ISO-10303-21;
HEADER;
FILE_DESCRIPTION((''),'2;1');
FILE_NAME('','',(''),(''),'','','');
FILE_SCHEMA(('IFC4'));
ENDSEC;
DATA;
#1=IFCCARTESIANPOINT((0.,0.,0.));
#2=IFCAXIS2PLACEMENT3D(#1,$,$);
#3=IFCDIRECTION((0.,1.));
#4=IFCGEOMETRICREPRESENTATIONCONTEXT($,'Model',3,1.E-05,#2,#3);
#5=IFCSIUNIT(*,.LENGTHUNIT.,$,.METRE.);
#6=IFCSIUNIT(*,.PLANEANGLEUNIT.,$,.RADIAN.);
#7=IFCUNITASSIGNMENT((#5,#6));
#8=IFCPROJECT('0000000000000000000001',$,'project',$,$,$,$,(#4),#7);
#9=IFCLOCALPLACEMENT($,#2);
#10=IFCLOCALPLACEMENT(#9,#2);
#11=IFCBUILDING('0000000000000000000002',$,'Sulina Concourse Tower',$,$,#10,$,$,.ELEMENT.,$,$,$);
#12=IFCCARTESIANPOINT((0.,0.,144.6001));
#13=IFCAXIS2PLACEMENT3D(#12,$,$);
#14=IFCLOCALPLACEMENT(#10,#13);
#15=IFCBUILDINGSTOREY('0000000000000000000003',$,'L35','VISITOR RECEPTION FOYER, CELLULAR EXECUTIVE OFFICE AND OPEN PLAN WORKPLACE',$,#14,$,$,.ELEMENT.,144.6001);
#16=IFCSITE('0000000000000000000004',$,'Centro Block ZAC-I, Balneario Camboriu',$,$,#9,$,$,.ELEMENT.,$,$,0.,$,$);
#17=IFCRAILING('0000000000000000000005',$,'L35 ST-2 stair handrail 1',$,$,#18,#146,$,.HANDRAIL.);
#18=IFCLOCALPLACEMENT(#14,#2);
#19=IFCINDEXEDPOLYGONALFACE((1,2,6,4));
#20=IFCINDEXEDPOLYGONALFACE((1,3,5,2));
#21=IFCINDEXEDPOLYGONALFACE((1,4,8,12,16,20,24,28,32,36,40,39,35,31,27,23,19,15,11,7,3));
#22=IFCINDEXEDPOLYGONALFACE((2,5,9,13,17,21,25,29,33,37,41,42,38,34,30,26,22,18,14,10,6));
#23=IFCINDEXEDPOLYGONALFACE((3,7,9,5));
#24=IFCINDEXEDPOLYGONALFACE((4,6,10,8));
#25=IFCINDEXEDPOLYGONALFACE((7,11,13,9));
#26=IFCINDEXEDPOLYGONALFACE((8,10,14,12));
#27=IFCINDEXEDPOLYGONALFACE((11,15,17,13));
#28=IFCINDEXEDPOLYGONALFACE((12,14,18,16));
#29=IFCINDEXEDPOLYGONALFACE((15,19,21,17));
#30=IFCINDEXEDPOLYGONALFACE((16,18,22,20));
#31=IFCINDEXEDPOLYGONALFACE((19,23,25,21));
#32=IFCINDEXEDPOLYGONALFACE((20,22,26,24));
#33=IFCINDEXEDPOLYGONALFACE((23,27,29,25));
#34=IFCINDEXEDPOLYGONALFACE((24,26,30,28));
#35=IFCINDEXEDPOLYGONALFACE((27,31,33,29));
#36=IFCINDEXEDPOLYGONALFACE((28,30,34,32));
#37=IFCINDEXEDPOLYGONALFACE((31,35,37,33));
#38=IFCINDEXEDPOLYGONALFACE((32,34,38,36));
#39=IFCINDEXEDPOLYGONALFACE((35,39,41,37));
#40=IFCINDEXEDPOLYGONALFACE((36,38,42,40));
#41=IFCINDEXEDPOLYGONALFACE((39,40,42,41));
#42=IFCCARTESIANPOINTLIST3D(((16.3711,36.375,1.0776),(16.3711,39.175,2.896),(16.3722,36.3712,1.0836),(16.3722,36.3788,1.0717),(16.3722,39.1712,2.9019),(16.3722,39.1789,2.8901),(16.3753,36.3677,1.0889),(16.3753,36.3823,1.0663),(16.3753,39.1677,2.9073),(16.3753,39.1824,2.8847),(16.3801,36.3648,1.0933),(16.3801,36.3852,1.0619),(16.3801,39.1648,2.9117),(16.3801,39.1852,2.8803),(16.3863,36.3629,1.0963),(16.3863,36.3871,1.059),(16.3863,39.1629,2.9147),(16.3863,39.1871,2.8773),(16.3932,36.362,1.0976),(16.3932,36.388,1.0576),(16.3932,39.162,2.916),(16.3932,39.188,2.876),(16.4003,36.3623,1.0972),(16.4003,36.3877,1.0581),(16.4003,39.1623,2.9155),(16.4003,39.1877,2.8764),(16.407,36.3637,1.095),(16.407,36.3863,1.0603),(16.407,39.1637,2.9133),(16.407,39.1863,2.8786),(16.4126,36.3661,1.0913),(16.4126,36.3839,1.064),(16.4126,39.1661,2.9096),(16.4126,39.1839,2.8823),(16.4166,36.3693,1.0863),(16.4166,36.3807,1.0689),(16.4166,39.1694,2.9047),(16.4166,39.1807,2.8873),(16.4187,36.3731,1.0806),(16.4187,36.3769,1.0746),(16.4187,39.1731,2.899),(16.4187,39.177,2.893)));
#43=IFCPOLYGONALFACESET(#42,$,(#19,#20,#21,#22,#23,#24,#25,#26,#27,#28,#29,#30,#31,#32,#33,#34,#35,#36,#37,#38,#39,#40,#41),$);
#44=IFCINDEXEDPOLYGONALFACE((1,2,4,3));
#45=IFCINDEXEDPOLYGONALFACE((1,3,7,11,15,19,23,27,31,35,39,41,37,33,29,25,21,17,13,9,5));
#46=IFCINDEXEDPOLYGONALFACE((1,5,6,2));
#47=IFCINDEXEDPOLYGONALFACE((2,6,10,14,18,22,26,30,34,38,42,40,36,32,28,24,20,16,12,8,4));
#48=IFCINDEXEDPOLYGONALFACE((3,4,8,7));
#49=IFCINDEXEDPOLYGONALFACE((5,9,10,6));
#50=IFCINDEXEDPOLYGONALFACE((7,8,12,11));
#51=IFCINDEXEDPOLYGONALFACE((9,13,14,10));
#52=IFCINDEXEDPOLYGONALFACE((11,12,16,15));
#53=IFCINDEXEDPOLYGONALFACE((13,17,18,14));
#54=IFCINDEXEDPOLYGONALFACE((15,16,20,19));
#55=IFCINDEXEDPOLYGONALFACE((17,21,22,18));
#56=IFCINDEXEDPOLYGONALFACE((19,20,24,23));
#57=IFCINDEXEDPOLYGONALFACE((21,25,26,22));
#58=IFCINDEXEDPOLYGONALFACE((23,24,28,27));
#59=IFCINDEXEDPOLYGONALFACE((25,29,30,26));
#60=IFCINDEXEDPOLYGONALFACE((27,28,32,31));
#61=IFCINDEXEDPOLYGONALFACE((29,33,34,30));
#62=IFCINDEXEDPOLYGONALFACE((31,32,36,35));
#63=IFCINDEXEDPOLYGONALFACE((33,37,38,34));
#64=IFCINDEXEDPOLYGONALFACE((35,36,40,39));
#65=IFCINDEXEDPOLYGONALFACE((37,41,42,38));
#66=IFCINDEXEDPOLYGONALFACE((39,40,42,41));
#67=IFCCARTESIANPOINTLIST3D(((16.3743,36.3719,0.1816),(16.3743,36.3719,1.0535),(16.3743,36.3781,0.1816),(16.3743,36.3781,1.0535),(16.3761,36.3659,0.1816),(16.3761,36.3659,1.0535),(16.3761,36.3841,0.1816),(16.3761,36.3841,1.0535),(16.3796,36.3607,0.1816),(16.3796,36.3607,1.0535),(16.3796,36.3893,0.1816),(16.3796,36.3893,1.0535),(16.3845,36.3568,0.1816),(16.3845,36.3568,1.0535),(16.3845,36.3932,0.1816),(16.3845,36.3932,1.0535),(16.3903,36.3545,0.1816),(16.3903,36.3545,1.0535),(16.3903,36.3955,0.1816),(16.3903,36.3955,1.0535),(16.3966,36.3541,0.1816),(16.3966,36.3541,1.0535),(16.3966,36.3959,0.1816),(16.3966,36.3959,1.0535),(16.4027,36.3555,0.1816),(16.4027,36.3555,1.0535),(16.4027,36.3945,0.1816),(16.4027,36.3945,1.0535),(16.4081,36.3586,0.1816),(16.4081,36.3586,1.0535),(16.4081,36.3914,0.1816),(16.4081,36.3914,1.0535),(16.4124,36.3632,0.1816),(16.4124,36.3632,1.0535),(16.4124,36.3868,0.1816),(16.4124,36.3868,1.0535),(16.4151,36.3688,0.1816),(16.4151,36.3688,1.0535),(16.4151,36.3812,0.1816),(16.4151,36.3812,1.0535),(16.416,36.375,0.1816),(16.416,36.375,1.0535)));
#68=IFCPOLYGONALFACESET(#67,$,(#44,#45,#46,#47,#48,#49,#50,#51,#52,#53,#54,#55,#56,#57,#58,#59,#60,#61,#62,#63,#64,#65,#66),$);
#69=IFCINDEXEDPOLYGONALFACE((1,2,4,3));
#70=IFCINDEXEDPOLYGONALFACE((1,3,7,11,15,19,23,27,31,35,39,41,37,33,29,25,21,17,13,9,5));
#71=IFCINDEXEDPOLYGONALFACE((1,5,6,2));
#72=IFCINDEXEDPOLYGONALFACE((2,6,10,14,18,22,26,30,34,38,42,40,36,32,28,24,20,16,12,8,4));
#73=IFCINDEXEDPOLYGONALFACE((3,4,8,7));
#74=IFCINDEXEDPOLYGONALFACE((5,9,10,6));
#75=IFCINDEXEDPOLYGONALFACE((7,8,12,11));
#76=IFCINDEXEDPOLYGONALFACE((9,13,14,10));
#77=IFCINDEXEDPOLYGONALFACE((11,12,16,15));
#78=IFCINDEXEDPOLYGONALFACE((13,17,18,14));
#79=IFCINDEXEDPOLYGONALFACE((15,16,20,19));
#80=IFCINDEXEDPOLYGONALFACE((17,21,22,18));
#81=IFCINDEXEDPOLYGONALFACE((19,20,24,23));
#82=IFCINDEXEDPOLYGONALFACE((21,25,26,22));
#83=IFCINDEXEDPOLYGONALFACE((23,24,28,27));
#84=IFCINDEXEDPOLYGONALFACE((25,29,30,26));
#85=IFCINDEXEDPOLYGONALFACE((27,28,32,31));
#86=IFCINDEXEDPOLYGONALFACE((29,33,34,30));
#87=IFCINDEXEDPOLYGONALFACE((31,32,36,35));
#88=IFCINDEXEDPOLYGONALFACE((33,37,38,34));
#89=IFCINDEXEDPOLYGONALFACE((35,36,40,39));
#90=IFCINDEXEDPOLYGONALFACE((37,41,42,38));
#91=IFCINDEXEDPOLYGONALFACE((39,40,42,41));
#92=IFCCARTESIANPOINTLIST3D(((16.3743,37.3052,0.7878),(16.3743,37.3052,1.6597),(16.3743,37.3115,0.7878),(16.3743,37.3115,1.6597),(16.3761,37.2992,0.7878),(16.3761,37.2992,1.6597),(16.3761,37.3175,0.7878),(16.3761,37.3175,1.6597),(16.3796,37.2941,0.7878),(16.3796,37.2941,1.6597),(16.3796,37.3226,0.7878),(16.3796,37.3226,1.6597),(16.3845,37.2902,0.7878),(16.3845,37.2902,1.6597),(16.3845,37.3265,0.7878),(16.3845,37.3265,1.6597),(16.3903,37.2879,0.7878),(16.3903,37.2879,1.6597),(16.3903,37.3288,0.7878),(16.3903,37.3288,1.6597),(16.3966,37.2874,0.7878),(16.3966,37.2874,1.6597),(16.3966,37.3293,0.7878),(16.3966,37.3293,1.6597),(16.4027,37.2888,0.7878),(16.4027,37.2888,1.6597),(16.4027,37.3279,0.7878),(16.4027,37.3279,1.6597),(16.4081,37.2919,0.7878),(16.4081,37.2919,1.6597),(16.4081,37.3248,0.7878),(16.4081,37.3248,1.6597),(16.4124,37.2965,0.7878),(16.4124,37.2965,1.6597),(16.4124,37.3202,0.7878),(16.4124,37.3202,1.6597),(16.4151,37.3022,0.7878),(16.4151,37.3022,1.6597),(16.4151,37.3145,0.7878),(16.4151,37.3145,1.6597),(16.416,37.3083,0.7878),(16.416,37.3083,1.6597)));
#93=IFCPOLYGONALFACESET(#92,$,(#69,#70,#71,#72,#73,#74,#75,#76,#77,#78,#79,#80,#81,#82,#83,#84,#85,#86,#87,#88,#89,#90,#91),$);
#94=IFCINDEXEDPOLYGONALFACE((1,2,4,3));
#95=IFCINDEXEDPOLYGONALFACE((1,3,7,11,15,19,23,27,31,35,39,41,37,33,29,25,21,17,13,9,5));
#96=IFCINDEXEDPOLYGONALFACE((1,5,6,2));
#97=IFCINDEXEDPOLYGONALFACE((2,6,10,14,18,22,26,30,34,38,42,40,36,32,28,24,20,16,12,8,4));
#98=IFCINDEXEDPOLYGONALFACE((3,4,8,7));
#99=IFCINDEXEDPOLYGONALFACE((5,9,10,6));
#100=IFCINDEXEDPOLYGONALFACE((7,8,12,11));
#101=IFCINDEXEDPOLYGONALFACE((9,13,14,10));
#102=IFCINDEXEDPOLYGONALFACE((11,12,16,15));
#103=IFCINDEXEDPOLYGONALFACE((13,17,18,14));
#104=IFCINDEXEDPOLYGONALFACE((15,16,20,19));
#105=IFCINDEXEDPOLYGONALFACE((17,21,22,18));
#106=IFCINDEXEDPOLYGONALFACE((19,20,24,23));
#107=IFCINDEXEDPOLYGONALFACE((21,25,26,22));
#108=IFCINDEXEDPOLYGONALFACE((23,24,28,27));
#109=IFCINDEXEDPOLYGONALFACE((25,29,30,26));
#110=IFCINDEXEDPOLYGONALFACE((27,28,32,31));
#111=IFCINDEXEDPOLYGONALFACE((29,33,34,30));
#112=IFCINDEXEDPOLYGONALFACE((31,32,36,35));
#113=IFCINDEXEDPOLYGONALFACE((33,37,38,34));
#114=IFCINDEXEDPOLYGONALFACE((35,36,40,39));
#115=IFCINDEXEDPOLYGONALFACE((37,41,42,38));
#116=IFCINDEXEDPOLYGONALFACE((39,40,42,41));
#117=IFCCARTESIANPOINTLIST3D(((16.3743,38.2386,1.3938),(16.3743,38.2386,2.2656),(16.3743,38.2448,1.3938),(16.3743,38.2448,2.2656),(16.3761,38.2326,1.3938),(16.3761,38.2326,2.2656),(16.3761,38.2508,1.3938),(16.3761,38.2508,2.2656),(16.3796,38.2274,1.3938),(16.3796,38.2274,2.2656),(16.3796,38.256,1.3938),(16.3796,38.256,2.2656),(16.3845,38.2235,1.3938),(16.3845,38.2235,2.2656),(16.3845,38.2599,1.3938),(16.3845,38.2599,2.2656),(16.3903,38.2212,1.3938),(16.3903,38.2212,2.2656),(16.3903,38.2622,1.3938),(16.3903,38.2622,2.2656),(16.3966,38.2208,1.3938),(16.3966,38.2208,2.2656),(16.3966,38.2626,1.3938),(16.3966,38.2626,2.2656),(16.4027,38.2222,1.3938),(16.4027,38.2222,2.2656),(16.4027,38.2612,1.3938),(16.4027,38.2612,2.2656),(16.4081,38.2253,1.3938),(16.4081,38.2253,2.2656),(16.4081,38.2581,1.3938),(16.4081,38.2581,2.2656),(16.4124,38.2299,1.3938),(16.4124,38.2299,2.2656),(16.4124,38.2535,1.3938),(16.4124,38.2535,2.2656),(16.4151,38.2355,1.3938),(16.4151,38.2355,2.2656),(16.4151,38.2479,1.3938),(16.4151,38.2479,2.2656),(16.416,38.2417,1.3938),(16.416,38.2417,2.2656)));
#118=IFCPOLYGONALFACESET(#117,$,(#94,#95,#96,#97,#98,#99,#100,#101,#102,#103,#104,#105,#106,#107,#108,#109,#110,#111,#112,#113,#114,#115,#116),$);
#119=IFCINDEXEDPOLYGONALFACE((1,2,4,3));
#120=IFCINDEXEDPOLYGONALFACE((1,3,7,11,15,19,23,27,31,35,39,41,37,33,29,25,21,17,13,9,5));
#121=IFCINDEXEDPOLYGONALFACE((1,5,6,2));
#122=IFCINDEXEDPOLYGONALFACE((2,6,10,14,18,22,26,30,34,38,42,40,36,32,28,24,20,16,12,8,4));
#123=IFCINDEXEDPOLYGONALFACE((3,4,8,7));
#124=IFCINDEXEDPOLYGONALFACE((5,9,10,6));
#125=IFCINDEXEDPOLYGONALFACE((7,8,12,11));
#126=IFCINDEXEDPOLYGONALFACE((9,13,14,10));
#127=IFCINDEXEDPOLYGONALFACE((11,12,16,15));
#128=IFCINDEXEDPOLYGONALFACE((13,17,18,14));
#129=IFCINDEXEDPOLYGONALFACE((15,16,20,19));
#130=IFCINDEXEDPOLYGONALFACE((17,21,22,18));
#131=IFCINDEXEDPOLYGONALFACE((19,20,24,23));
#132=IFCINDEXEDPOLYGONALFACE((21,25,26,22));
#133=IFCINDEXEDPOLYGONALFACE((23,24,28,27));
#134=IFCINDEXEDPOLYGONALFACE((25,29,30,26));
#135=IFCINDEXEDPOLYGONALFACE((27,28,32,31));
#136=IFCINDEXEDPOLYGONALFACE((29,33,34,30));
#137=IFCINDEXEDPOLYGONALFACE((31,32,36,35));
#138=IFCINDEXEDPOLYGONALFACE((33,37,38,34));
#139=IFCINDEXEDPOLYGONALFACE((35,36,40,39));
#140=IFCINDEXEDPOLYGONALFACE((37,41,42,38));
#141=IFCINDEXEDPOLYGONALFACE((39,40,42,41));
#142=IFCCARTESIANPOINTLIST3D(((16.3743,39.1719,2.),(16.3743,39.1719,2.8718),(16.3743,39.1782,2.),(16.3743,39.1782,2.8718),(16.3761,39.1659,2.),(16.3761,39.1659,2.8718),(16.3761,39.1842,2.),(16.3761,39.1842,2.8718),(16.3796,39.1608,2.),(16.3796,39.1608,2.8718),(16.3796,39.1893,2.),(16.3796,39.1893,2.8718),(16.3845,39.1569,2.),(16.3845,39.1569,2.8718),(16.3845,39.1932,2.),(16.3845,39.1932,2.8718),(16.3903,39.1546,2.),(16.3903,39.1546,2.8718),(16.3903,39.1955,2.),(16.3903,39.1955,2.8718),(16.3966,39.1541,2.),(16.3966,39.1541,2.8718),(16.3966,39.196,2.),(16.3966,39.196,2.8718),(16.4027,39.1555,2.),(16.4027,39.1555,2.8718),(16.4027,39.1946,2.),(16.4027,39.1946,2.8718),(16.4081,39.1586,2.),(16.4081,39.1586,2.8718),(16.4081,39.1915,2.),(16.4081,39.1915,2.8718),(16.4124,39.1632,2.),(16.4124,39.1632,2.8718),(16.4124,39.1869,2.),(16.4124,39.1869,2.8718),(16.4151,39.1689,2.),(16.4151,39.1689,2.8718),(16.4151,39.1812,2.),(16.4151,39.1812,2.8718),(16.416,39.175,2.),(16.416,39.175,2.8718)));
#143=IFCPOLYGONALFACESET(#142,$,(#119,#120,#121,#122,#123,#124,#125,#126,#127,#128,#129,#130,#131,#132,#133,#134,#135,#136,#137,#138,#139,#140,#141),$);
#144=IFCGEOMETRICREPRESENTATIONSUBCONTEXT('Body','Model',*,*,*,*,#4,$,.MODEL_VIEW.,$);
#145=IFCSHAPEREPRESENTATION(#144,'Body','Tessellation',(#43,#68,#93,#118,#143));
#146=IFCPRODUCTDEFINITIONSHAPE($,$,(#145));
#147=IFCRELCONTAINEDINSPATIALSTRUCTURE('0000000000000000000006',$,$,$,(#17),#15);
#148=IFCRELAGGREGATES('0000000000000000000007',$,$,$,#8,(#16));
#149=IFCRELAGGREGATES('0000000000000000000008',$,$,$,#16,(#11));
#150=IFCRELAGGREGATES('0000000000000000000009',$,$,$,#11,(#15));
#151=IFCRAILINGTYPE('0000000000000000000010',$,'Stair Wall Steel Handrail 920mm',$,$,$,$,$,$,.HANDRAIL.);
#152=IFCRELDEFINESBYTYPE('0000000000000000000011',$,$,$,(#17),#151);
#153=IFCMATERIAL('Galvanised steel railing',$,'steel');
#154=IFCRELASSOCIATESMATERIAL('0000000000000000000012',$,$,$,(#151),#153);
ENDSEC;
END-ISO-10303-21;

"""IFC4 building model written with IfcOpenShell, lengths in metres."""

from ifc_helpers import new_model, si_unit, direction, frame, origin, origin_2d, place, context, subcontext, project, spatial, circle, extrude, material, type_object, element, save


model = new_model("IFC4")

# Units and contexts
model_context = context("Model", 3, precision=1e-05, world=origin(), true_north=direction((0.0, 1.0)))
body_context = subcontext(model_context, "Body", "Model", "MODEL_VIEW")
ifc_project = project(units=[si_unit("LENGTHUNIT", "METRE"), si_unit("PLANEANGLEUNIT", "RADIAN")], contexts=[model_context])

# Site, building, storey
site_placement = place(None, origin())
site = spatial("IfcSite", under=ifc_project, at=site_placement, Name="Centro Block ZAC-I, Balneario Camboriu", CompositionType="ELEMENT", RefElevation=0.0)
building_placement = place(site_placement, origin())
building = spatial("IfcBuilding", under=site, at=building_placement, Name="Sulina Concourse Tower", CompositionType="ELEMENT")
storey_placement = place(building_placement, frame((0.0, 0.0, 144.6001)))
storey = spatial("IfcBuildingStorey", under=building, at=storey_placement, Name="L35", Description="VISITOR RECEPTION FOYER, CELLULAR EXECUTIVE OFFICE AND OPEN PLAN WORKPLACE", CompositionType="ELEMENT", Elevation=144.6001)

# Railing
ifc_material_1 = material(Name="Galvanised steel railing", Category="steel")
railing_type_1 = type_object("IfcRailingType", Name="Stair Wall Steel Handrail 920mm", PredefinedType="HANDRAIL", material=ifc_material_1)
railing_1_placement = place(storey_placement, frame((16.395, 36.375, 0.1816)))
element("IfcRailing", 1, at=railing_1_placement, inside=storey, type_object=railing_type_1, Name="L35 ST-2 stair handrail 1", PredefinedType="HANDRAIL", context=body_context, shape_type="SweptSolid", body=[
    extrude(circle(Radius=0.0239, at=origin_2d()), frame((0.0, 0.0, 0.896), z_axis=(0.0, 0.838672, 0.544636), x_axis=(-1.0, 0.0, 0.0)), (0.0, 0.0, 1.0), 3.3386),
    extrude(circle(Radius=0.021, at=origin_2d()), origin(), (0.0, 0.0, 1.0), 0.8718),
    extrude(circle(Radius=0.021, at=origin_2d()), frame((0.0, 0.9333, 0.6062)), (0.0, 0.0, 1.0), 0.8718),
    extrude(circle(Radius=0.021, at=origin_2d()), frame((0.0, 1.8667, 1.2122)), (0.0, 0.0, 1.0), 0.8718),
    extrude(circle(Radius=0.021, at=origin_2d()), frame((0.0, 2.8, 1.8184)), (0.0, 0.0, 1.0), 0.8718),
])

save(model, "model.ifc")
